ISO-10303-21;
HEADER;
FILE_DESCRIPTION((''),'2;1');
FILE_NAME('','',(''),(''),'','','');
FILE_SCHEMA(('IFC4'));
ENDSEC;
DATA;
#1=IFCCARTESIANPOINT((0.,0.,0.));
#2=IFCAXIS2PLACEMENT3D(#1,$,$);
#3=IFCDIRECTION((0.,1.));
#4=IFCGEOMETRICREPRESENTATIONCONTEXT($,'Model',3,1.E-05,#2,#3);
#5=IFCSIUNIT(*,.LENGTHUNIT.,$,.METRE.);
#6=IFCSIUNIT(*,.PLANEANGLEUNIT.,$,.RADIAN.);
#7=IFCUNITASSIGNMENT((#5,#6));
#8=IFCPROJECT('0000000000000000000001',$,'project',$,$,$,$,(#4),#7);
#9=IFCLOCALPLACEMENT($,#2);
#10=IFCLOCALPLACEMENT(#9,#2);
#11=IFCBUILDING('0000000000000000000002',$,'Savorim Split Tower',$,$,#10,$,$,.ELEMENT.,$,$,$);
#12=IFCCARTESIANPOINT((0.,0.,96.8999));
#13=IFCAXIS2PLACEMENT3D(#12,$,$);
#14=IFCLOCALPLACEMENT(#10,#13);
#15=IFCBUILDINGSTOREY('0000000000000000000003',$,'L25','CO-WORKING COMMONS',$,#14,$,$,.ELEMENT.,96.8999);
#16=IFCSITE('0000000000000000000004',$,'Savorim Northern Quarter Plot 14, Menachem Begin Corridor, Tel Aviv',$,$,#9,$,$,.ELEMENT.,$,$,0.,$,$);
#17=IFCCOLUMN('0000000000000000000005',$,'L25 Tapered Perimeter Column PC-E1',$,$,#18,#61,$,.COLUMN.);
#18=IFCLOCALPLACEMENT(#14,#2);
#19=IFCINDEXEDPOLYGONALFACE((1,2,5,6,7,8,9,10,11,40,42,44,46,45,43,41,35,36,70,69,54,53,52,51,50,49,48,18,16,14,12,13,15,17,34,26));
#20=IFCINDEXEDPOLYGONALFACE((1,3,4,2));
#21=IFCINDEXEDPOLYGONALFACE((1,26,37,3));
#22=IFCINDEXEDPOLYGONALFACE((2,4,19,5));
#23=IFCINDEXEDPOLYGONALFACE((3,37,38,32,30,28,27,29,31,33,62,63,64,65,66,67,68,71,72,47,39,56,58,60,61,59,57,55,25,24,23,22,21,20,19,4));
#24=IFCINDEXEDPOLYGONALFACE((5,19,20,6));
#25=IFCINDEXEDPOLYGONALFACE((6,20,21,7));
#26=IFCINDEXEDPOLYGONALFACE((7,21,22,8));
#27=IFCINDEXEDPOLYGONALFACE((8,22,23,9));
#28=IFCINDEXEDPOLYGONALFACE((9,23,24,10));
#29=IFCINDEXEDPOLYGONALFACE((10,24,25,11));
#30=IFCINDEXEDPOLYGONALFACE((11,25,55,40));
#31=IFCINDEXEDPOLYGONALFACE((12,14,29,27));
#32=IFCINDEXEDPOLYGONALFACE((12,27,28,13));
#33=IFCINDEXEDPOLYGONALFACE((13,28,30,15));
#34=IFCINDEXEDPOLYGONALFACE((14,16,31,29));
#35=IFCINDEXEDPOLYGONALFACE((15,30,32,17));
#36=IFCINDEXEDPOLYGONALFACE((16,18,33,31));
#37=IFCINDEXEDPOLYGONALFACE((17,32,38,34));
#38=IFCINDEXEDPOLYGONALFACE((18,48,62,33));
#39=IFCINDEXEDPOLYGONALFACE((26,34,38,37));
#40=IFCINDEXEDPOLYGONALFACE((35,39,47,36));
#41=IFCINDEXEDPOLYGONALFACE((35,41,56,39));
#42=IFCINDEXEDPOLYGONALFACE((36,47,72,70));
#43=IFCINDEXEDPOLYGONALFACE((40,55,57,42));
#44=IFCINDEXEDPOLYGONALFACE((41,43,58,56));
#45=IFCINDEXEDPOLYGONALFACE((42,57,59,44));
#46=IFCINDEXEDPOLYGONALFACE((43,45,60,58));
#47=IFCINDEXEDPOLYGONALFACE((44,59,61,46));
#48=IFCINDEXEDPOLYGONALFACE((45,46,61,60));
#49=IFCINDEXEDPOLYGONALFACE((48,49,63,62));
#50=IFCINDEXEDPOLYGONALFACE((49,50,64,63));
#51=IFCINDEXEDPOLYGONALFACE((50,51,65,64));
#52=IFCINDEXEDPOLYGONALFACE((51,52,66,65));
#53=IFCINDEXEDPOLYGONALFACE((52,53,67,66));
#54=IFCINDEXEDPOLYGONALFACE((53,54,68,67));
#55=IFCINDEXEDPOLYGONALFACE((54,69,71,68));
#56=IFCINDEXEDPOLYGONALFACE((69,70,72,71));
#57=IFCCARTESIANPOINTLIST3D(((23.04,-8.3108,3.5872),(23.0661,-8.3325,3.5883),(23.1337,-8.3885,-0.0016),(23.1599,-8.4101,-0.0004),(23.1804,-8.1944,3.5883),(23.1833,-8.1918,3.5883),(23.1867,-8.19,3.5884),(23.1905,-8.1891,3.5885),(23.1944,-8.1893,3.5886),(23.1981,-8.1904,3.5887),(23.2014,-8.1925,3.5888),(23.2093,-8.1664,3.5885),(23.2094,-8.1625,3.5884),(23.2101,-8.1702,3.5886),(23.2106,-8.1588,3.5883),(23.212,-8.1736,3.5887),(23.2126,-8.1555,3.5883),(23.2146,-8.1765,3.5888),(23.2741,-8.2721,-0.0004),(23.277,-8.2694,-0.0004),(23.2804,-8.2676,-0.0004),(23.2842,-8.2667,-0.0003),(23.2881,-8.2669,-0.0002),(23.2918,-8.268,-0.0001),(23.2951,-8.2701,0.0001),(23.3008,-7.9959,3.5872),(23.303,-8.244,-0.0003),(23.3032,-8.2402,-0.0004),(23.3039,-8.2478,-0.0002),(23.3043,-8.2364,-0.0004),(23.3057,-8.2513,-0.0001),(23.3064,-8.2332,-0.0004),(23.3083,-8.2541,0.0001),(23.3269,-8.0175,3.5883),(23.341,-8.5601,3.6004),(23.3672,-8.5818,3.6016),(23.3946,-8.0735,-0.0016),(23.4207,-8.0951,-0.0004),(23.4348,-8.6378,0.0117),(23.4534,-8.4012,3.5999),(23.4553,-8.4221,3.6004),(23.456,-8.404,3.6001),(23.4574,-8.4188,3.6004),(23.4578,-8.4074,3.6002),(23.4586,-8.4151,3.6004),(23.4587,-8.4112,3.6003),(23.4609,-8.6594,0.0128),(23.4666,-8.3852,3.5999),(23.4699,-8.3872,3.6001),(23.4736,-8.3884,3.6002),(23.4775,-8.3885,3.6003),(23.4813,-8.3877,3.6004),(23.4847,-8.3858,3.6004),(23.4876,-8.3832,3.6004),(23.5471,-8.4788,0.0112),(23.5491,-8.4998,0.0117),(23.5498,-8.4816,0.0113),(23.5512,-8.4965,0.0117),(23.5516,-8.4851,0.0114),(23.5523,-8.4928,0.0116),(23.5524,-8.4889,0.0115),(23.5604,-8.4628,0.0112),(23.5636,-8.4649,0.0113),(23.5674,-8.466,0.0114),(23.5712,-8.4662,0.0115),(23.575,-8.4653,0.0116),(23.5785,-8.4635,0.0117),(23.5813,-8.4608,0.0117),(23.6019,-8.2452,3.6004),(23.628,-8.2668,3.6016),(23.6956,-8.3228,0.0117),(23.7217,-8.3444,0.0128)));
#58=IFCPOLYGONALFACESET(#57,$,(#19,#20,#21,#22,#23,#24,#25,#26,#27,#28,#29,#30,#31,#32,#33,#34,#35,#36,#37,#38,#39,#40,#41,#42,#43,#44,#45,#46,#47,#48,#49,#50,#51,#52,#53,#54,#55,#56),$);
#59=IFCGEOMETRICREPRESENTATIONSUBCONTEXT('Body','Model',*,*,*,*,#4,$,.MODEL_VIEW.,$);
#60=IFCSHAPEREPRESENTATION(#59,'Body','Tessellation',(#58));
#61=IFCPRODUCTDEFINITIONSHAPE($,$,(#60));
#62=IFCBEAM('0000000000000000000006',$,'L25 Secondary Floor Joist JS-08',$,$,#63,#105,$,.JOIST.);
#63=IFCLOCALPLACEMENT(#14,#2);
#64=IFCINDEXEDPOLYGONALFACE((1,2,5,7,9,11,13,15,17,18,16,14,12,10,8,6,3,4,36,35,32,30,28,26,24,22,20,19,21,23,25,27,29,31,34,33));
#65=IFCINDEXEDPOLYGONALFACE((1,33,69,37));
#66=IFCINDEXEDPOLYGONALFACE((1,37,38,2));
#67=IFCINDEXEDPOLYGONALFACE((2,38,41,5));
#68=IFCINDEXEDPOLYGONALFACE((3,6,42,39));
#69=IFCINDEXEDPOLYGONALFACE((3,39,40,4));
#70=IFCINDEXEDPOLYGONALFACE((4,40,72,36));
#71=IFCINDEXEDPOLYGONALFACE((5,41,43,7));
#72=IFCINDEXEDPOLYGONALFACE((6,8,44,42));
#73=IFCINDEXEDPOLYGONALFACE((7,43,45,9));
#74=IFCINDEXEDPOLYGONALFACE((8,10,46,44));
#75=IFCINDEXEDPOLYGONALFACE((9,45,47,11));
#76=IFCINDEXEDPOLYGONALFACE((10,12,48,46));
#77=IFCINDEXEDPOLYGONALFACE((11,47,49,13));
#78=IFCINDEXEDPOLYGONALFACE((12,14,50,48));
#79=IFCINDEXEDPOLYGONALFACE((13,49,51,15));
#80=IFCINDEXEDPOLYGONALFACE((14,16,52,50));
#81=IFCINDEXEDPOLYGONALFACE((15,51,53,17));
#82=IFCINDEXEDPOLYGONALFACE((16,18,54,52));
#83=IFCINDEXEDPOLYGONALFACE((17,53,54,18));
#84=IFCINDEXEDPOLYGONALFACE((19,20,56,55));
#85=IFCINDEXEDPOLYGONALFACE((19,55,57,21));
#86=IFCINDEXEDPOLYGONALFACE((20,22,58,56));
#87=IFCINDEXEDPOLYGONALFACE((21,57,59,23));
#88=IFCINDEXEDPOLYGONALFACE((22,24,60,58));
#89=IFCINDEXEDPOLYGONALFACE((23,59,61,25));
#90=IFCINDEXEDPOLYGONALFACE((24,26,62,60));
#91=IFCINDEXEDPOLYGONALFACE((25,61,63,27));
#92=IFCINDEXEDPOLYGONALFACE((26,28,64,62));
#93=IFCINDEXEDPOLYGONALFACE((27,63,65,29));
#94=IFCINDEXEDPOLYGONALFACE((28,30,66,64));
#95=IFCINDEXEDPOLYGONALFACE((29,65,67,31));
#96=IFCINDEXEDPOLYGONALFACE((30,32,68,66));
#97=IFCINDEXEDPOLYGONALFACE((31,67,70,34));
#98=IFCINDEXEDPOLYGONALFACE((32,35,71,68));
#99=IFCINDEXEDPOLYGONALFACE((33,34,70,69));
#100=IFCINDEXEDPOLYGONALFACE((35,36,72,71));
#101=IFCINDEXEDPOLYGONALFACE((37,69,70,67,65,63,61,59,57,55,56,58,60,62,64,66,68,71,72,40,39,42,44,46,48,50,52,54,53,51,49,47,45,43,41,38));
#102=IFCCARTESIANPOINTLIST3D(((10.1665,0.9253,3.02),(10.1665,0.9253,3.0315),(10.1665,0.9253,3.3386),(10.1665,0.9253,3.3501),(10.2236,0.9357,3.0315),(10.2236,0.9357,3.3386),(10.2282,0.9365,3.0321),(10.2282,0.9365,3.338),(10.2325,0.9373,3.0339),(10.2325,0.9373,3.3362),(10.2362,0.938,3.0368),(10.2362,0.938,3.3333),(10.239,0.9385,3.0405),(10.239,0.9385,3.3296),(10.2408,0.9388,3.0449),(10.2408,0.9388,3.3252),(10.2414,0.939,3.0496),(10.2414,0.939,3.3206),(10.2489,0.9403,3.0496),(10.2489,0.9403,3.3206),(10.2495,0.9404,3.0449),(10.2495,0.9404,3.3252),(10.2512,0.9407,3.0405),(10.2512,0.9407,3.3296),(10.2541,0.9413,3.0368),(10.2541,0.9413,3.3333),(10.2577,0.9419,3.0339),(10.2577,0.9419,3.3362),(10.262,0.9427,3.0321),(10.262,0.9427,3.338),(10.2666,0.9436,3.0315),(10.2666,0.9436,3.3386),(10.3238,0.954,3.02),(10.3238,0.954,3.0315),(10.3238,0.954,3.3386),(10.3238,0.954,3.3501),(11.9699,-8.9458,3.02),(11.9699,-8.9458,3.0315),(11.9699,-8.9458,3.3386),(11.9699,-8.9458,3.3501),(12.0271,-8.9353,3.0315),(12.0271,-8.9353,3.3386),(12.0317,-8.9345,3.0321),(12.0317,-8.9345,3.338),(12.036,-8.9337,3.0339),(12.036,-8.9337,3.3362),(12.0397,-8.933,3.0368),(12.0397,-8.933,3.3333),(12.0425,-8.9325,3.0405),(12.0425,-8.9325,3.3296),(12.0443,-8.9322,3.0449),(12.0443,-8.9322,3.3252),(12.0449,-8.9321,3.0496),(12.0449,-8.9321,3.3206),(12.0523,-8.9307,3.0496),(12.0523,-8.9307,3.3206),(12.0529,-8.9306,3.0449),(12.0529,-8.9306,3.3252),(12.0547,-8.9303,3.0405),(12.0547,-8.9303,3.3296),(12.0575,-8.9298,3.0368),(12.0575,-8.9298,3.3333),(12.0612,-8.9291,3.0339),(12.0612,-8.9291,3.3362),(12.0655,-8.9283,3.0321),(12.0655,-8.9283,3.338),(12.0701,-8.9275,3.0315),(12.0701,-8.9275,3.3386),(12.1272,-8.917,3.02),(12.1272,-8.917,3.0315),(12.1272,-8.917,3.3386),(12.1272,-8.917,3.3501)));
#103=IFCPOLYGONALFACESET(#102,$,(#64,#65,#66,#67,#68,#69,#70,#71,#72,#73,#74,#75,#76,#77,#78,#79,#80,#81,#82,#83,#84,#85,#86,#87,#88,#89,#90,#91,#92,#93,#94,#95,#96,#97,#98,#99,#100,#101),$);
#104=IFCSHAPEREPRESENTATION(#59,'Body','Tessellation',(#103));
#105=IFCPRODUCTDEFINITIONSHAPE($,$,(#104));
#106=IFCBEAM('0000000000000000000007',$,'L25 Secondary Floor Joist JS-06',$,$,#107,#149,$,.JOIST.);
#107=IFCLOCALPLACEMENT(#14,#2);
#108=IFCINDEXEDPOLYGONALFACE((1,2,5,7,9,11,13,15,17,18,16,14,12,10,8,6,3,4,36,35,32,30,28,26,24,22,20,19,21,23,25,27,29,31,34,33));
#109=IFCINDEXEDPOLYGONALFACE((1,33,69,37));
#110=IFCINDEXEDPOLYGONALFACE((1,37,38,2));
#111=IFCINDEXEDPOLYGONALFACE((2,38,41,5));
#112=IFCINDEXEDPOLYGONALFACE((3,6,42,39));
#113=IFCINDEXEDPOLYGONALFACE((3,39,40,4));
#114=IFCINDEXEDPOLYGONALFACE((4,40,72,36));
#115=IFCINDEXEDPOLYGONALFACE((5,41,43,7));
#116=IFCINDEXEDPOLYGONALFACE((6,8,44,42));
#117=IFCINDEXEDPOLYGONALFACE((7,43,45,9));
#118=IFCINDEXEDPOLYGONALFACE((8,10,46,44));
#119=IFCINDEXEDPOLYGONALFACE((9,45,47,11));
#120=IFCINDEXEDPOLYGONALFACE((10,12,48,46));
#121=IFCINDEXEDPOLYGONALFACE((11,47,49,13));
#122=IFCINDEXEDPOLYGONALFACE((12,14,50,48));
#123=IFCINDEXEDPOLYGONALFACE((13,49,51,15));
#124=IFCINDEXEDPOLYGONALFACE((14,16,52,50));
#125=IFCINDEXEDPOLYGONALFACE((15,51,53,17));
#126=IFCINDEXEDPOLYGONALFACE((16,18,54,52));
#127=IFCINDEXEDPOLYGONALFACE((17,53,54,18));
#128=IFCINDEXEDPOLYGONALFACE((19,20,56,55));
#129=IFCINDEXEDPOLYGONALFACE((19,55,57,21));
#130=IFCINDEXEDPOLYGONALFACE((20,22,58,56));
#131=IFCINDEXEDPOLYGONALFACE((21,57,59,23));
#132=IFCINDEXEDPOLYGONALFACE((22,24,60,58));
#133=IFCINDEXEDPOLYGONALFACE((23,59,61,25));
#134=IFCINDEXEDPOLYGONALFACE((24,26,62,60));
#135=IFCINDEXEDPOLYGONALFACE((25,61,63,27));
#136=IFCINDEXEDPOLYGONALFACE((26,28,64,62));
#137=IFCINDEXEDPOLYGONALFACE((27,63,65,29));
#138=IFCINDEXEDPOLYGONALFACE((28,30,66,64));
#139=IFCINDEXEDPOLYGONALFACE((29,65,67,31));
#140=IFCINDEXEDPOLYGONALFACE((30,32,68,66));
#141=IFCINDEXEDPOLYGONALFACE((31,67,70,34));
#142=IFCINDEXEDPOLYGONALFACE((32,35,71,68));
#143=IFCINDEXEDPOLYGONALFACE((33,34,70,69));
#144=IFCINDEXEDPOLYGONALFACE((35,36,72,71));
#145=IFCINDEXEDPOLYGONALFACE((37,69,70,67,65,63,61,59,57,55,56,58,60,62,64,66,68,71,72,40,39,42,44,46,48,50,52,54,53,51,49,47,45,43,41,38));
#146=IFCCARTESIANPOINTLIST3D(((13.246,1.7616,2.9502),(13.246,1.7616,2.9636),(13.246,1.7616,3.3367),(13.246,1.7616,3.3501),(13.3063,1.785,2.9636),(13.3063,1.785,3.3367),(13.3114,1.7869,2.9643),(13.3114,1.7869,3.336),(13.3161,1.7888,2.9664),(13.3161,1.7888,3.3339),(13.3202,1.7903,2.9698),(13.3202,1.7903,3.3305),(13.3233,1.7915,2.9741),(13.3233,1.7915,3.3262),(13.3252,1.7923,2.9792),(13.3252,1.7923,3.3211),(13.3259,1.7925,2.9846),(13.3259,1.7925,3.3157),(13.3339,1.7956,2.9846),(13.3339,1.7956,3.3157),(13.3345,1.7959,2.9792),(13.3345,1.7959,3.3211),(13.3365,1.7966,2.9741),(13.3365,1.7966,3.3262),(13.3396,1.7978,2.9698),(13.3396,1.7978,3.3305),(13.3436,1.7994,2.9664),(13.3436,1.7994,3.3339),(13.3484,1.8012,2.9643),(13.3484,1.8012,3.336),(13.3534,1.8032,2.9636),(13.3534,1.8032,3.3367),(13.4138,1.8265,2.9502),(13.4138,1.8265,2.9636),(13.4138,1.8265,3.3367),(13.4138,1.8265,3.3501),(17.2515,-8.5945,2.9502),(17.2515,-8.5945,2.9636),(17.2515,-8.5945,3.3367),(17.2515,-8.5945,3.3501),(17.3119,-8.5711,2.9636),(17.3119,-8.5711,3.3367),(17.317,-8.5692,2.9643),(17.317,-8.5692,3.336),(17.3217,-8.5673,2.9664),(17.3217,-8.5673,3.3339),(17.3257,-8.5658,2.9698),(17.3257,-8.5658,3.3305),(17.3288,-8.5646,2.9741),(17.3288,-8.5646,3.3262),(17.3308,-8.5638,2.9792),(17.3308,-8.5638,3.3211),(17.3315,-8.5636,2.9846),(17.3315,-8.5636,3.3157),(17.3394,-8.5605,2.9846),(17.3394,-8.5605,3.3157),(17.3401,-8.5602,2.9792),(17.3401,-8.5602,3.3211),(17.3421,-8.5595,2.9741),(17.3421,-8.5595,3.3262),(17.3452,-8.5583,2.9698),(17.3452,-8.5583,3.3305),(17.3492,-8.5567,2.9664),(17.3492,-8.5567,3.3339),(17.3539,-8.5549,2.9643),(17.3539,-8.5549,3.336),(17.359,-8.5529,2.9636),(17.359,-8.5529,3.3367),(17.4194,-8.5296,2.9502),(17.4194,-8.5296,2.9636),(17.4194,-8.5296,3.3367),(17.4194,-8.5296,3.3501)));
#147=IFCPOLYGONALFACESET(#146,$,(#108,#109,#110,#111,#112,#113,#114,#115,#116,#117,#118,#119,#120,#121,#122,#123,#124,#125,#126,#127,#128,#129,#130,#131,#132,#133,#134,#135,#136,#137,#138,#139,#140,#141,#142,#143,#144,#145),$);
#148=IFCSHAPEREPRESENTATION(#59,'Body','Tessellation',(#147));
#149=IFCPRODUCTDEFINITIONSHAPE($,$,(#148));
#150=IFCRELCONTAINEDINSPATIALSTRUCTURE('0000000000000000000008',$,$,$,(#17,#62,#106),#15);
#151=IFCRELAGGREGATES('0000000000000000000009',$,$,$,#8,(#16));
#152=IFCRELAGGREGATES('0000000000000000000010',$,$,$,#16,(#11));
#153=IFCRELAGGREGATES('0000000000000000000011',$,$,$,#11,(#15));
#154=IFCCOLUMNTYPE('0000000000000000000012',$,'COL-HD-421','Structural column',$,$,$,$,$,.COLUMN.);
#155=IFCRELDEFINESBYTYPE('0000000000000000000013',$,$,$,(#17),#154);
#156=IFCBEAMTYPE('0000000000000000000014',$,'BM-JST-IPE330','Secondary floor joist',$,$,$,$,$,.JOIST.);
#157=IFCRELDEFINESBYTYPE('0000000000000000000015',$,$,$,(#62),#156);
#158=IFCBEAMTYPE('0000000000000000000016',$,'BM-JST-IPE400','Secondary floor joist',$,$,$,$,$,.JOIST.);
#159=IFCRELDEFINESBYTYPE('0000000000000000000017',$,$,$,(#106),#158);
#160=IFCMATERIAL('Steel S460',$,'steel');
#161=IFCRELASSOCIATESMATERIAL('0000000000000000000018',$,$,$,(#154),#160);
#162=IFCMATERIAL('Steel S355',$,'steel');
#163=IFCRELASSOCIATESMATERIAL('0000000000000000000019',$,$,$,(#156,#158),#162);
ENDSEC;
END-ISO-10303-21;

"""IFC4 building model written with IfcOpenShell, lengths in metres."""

from ifc_helpers import new_model, si_unit, direction, frame, origin, origin_2d, place, context, subcontext, project, spatial, i_section, extrude, material, material_profile, profile_set, type_object, element, save


model = new_model("IFC4")

# Units and contexts
model_context = context("Model", 3, precision=1e-05, world=origin(), true_north=direction((0.0, 1.0)))
body_context = subcontext(model_context, "Body", "Model", "MODEL_VIEW")
ifc_project = project(units=[si_unit("LENGTHUNIT", "METRE"), si_unit("PLANEANGLEUNIT", "RADIAN")], contexts=[model_context])

# Site, building, storey
site_placement = place(None, origin())
site = spatial("IfcSite", under=ifc_project, at=site_placement, Name="Savorim Northern Quarter Plot 14, Menachem Begin Corridor, Tel Aviv", CompositionType="ELEMENT", RefElevation=0.0)
building_placement = place(site_placement, origin())
building = spatial("IfcBuilding", under=site, at=building_placement, Name="Savorim Split Tower", CompositionType="ELEMENT")
storey_placement = place(building_placement, frame((0.0, 0.0, 96.8999)))
storey = spatial("IfcBuildingStorey", under=building, at=storey_placement, Name="L25", Description="CO-WORKING COMMONS", CompositionType="ELEMENT", Elevation=96.8999)

# Column
ifc_material_1 = material(Name="Steel S460", Category="steel")
ifc_material_profile_1 = material_profile(ifc_material_1, i_section(OverallWidth=0.4089, OverallDepth=0.425, WebThickness=0.0208, FlangeThickness=0.0339, FilletRadius=0.0149, at=origin_2d()), Name="HD 400x421")
ifc_profile_set_1 = profile_set([ifc_material_profile_1], Name="Steel S460")
column_type = type_object("IfcColumnType", Name="COL-HD-421", Description="Structural column", PredefinedType="COLUMN", material=ifc_profile_set_1)
column_placement = place(storey_placement, frame((23.4277, -8.3665, 0.0056), z_axis=(-0.026107, 0.02162, 0.999425), x_axis=(-0.637814, -0.77019, 0.0)))
element("IfcColumn", 1, at=column_placement, inside=storey, type_object=column_type, Name="L25 Tapered Perimeter Column PC-E1", PredefinedType="COLUMN", context=body_context, shape_type="SweptSolid", body=[
    extrude(i_section(OverallWidth=0.4089, OverallDepth=0.425, WebThickness=0.0208, FlangeThickness=0.0339, FilletRadius=0.0149, at=origin_2d()), origin(), (0.0, 0.0, 1.0), 3.5908),
])

# Beams
ifc_material_2 = material(Name="Steel S355", Category="steel")
ifc_material_profile_2 = material_profile(ifc_material_2, i_section(OverallWidth=0.1599, OverallDepth=0.3301, WebThickness=0.0076, FlangeThickness=0.0115, FilletRadius=0.0181, at=origin_2d()), Name="IPE 330")
ifc_profile_set_2 = profile_set([ifc_material_profile_2], Name="Steel S355")
beam_type_1 = type_object("IfcBeamType", Name="BM-JST-IPE330", Description="Secondary floor joist", PredefinedType="JOIST", material=ifc_profile_set_2)
beam_1_placement = place(storey_placement, frame((12.0486, -8.9314, 3.1851), z_axis=(-0.179727, 0.983717, 0.0), x_axis=(-0.983717, -0.179727, 0.0)))
element("IfcBeam", 2, at=beam_1_placement, inside=storey, type_object=beam_type_1, Name="L25 Secondary Floor Joist JS-08", PredefinedType="JOIST", context=body_context, shape_type="SweptSolid", body=[
    extrude(i_section(OverallWidth=0.1599, OverallDepth=0.3301, WebThickness=0.0076, FlangeThickness=0.0115, FilletRadius=0.0181, at=origin_2d()), origin(), (0.0, 0.0, 1.0), 10.0344),
])
ifc_material_profile_3 = material_profile(ifc_material_2, i_section(OverallWidth=0.1799, OverallDepth=0.3999, WebThickness=0.0085, FlangeThickness=0.0134, FilletRadius=0.021, at=origin_2d()), Name="IPE 400")
ifc_profile_set_3 = profile_set([ifc_material_profile_3], Name="Steel S355")
beam_type_2 = type_object("IfcBeamType", Name="BM-JST-IPE400", Description="Secondary floor joist", PredefinedType="JOIST", material=ifc_profile_set_3)
beam_2_placement = place(storey_placement, frame((17.3354, -8.562, 3.1501), z_axis=(-0.360741, 0.932666, 0.0), x_axis=(-0.932666, -0.360741, 0.0)))
element("IfcBeam", 3, at=beam_2_placement, inside=storey, type_object=beam_type_2, Name="L25 Secondary Floor Joist JS-06", PredefinedType="JOIST", context=body_context, shape_type="SweptSolid", body=[
    extrude(i_section(OverallWidth=0.1799, OverallDepth=0.3999, WebThickness=0.0085, FlangeThickness=0.0134, FilletRadius=0.021, at=origin_2d()), origin(), (0.0, 0.0, 1.0), 11.1038),
])

save(model, "model.ifc")
